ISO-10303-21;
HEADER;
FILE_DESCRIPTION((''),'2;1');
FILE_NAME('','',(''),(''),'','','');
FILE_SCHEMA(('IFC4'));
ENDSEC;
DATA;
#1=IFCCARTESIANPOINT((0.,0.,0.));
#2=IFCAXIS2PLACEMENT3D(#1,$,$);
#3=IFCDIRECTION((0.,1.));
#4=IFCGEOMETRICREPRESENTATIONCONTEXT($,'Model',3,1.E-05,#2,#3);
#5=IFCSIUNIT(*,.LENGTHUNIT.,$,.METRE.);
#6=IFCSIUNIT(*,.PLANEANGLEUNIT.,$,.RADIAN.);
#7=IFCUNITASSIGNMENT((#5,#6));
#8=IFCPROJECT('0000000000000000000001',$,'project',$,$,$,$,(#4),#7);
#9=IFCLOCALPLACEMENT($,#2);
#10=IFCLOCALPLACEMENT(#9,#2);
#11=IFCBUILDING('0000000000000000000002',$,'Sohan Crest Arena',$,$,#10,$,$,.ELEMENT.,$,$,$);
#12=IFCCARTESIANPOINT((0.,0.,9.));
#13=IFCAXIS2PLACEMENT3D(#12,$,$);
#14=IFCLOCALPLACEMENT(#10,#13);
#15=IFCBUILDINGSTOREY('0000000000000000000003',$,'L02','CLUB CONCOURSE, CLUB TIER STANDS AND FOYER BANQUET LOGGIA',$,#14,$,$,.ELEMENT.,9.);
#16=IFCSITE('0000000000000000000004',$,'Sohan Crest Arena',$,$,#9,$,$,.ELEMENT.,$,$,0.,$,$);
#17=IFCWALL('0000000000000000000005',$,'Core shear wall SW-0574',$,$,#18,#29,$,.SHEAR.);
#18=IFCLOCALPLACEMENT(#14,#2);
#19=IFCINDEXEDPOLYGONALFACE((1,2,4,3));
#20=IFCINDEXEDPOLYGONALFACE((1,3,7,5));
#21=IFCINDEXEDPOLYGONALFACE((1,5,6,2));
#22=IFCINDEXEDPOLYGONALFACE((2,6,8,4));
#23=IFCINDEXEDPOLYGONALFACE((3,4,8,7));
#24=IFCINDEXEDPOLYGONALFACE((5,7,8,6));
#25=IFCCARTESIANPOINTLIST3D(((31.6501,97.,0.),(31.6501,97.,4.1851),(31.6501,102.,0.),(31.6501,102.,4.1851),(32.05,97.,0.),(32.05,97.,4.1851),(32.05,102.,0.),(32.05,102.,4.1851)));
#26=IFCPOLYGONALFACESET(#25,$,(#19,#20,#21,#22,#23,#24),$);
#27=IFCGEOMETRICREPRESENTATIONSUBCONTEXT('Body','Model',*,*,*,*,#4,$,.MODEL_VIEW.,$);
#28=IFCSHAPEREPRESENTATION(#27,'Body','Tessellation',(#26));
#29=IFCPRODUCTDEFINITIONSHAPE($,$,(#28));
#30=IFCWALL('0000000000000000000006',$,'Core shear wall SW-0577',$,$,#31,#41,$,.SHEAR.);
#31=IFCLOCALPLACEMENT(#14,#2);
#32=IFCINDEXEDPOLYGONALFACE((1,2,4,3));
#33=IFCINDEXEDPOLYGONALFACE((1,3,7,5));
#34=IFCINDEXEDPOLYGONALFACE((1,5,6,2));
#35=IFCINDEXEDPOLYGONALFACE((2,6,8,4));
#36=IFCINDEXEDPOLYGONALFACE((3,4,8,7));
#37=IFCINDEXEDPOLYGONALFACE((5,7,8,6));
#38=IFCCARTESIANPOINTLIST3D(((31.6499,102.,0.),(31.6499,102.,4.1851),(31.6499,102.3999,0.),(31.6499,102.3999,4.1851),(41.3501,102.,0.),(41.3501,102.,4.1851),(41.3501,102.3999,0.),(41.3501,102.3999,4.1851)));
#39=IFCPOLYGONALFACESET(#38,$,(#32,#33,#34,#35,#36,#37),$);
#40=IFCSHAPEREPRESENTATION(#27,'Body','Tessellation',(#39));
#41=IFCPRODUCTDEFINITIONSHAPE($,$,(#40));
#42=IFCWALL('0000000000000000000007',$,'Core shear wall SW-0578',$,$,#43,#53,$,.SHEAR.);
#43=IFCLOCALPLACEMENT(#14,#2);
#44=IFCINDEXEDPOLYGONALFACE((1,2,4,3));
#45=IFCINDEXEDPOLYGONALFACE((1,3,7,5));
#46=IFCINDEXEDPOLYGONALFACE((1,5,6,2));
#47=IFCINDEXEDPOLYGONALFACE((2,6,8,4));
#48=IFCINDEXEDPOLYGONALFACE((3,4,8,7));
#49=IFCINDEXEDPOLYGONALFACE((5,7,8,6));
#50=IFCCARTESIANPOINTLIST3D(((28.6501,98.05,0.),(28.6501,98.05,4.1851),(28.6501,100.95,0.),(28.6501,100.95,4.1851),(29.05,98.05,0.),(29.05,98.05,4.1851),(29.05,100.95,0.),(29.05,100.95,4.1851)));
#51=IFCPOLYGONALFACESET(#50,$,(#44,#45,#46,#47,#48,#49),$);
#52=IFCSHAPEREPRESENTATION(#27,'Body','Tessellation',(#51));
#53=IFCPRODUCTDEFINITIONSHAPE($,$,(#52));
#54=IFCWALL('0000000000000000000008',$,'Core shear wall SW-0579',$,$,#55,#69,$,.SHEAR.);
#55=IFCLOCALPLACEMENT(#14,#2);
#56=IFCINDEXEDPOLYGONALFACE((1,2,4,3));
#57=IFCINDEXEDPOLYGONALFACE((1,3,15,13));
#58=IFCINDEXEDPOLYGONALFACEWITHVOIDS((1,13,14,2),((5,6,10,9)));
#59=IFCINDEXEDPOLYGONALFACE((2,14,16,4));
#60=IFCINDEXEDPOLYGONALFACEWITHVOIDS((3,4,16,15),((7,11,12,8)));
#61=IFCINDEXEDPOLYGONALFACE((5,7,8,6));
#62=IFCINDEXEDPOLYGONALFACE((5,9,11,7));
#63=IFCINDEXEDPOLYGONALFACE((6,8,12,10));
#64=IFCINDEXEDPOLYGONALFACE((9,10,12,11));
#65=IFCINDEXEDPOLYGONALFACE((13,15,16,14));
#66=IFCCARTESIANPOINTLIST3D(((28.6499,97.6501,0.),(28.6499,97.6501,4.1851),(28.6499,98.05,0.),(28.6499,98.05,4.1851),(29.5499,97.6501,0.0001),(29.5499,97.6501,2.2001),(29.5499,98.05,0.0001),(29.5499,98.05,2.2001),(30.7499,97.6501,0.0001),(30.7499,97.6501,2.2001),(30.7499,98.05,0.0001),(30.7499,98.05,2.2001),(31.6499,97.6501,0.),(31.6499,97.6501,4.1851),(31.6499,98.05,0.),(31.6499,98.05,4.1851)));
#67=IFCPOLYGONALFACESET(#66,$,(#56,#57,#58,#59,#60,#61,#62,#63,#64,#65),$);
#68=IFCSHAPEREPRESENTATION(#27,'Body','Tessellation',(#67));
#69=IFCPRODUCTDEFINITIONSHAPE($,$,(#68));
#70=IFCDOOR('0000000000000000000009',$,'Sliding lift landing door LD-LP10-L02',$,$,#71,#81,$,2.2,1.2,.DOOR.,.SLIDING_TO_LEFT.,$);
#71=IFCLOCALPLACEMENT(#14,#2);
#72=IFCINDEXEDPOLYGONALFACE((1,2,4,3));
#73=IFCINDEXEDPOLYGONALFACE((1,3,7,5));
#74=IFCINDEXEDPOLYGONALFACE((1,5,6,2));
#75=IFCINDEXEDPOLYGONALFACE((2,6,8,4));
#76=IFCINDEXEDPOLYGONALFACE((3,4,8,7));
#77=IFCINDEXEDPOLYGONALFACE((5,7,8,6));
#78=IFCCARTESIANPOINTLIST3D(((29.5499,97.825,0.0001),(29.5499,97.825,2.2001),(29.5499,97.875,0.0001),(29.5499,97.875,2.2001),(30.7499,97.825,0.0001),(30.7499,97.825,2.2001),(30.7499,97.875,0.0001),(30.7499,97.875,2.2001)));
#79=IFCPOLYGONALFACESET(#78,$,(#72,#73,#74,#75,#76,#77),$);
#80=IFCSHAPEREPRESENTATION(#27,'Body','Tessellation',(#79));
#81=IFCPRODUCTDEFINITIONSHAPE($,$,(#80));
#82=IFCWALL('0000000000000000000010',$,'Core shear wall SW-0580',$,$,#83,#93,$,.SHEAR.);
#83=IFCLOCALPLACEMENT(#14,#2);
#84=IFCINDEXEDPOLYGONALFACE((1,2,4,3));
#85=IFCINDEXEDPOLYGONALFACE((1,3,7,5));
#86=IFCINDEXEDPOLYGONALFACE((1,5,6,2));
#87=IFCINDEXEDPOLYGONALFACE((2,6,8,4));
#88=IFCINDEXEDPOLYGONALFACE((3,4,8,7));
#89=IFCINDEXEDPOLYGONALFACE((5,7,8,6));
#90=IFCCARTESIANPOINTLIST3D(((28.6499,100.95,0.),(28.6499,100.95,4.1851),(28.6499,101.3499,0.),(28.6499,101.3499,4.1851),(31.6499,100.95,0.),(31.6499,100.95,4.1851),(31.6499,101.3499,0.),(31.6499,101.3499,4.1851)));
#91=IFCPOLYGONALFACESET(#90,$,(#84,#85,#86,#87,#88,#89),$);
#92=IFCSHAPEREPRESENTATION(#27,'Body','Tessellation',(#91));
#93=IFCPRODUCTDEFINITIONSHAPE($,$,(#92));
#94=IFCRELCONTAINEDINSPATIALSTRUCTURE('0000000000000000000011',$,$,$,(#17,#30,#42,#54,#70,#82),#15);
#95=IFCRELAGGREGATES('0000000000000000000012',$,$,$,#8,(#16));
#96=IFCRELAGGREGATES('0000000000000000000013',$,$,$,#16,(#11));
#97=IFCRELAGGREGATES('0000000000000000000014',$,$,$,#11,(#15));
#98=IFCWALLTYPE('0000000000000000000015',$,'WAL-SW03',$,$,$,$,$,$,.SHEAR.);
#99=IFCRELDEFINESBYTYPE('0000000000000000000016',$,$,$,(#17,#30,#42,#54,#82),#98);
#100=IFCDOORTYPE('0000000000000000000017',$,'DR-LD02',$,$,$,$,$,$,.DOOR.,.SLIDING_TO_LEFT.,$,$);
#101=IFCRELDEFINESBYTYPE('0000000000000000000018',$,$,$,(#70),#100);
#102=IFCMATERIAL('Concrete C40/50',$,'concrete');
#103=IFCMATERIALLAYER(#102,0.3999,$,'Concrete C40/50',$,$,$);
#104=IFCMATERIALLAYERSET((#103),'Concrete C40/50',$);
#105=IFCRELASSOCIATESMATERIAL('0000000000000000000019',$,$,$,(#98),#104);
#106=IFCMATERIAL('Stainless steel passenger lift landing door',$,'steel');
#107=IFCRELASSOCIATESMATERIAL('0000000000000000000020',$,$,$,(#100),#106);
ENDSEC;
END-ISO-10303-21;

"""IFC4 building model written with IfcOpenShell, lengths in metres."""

from ifc_helpers import new_model, si_unit, direction, frame, frame_2d, origin, place, context, subcontext, project, spatial, rectangle, extrude, material, layer, layer_set, type_object, element, fill, save


model = new_model("IFC4")

# Units and contexts
model_context = context("Model", 3, precision=1e-05, world=origin(), true_north=direction((0.0, 1.0)))
body_context = subcontext(model_context, "Body", "Model", "MODEL_VIEW")
ifc_project = project(units=[si_unit("LENGTHUNIT", "METRE"), si_unit("PLANEANGLEUNIT", "RADIAN")], contexts=[model_context])

# Site, building, storey
site_placement = place(None, origin())
site = spatial("IfcSite", under=ifc_project, at=site_placement, Name="Sohan Crest Arena", CompositionType="ELEMENT", RefElevation=0.0)
building_placement = place(site_placement, origin())
building = spatial("IfcBuilding", under=site, at=building_placement, Name="Sohan Crest Arena", CompositionType="ELEMENT")
storey_placement = place(building_placement, frame((0.0, 0.0, 9.0)))
storey = spatial("IfcBuildingStorey", under=building, at=storey_placement, Name="L02", Description="CLUB CONCOURSE, CLUB TIER STANDS AND FOYER BANQUET LOGGIA", CompositionType="ELEMENT", Elevation=9.0)

# Walls
ifc_material_1 = material(Name="Concrete C40/50", Category="concrete")
ifc_layer_1 = layer(ifc_material_1, 0.3999, Name="Concrete C40/50")
ifc_layer_set_1 = layer_set([ifc_layer_1], Name="Concrete C40/50")
wall_type = type_object("IfcWallType", Name="WAL-SW03", PredefinedType="SHEAR", material=ifc_layer_set_1)
wall_1_placement = place(storey_placement, frame((31.8501, 97.0, 0.0), z_axis=(0.0, 0.0, 1.0), x_axis=(0.0, 1.0, 0.0)))
element("IfcWall", 1, at=wall_1_placement, inside=storey, type_object=wall_type, Name="Core shear wall SW-0574", PredefinedType="SHEAR", context=body_context, shape_type="SweptSolid", body=[
    extrude(rectangle(XDim=5.0, YDim=0.3999, at=frame_2d((2.5, 0.0))), origin(), (0.0, 0.0, 1.0), 4.1851),
])
wall_2_placement = place(storey_placement, frame((31.6499, 102.2, 0.0), z_axis=(0.0, 0.0, 1.0), x_axis=(1.0, 0.0, 0.0)))
element("IfcWall", 2, at=wall_2_placement, inside=storey, type_object=wall_type, Name="Core shear wall SW-0577", PredefinedType="SHEAR", context=body_context, shape_type="SweptSolid", body=[
    extrude(rectangle(XDim=9.7002, YDim=0.3999, at=frame_2d((4.8501, 0.0))), origin(), (0.0, 0.0, 1.0), 4.1851),
])
wall_3_placement = place(storey_placement, frame((28.8501, 98.05, 0.0), z_axis=(0.0, 0.0, 1.0), x_axis=(0.0, 1.0, 0.0)))
element("IfcWall", 3, at=wall_3_placement, inside=storey, type_object=wall_type, Name="Core shear wall SW-0578", PredefinedType="SHEAR", context=body_context, shape_type="SweptSolid", body=[
    extrude(rectangle(XDim=2.8999, YDim=0.3999, at=frame_2d((1.45, 0.0))), origin(), (0.0, 0.0, 1.0), 4.1851),
])

# Wall, opening, door
wall_4_placement = place(storey_placement, frame((28.6499, 97.8501, 0.0), z_axis=(0.0, 0.0, 1.0), x_axis=(1.0, 0.0, 0.0)))
wall_4 = element("IfcWall", 4, at=wall_4_placement, inside=storey, type_object=wall_type, Name="Core shear wall SW-0579", PredefinedType="SHEAR", context=body_context, shape_type="SweptSolid", body=[
    extrude(rectangle(XDim=3.0, YDim=0.3999, at=frame_2d((1.5, 0.0))), origin(), (0.0, 0.0, 1.0), 4.1851),
])
opening_placement = place(wall_4_placement, frame((0.8999, 0.0, 0.0)))
opening = element("IfcOpeningElement", 5, at=opening_placement, cuts=wall_4, PredefinedType="OPENING", context=body_context, shape_type="SweptSolid", body=[
    extrude(rectangle(XDim=1.2, YDim=2.2, at=frame_2d((0.6001, 1.1001))), frame((0.0, 0.21, 0.0), z_axis=(0.0, -1.0, 0.0), x_axis=(1.0, 0.0, 0.0)), (0.0, 0.0, 1.0), 0.4199),
])
ifc_material_2 = material(Name="Stainless steel passenger lift landing door", Category="steel")
door_type = type_object("IfcDoorType", Name="DR-LD02", OperationType="SLIDING_TO_LEFT", PredefinedType="DOOR", material=ifc_material_2)
door_placement = place(opening_placement, origin())
door = element("IfcDoor", 6, at=door_placement, inside=storey, type_object=door_type, Name="Sliding lift landing door LD-LP10-L02", OperationType="SLIDING_TO_LEFT", OverallHeight=2.2, OverallWidth=1.2, PredefinedType="DOOR", context=body_context, shape_type="SweptSolid", body=[
    extrude(rectangle(XDim=1.2, YDim=2.2, at=frame_2d((0.6001, 1.1001))), frame((0.0, 0.0249, 0.0), z_axis=(0.0, -1.0, 0.0), x_axis=(1.0, 0.0, 0.0)), (0.0, 0.0, 1.0), 0.05),
])
fill(opening, door)

# Wall
wall_5_placement = place(storey_placement, frame((28.6499, 101.1499, 0.0), z_axis=(0.0, 0.0, 1.0), x_axis=(1.0, 0.0, 0.0)))
element("IfcWall", 7, at=wall_5_placement, inside=storey, type_object=wall_type, Name="Core shear wall SW-0580", PredefinedType="SHEAR", context=body_context, shape_type="SweptSolid", body=[
    extrude(rectangle(XDim=3.0, YDim=0.3999, at=frame_2d((1.5, 0.0))), origin(), (0.0, 0.0, 1.0), 4.1851),
])

save(model, "model.ifc")
